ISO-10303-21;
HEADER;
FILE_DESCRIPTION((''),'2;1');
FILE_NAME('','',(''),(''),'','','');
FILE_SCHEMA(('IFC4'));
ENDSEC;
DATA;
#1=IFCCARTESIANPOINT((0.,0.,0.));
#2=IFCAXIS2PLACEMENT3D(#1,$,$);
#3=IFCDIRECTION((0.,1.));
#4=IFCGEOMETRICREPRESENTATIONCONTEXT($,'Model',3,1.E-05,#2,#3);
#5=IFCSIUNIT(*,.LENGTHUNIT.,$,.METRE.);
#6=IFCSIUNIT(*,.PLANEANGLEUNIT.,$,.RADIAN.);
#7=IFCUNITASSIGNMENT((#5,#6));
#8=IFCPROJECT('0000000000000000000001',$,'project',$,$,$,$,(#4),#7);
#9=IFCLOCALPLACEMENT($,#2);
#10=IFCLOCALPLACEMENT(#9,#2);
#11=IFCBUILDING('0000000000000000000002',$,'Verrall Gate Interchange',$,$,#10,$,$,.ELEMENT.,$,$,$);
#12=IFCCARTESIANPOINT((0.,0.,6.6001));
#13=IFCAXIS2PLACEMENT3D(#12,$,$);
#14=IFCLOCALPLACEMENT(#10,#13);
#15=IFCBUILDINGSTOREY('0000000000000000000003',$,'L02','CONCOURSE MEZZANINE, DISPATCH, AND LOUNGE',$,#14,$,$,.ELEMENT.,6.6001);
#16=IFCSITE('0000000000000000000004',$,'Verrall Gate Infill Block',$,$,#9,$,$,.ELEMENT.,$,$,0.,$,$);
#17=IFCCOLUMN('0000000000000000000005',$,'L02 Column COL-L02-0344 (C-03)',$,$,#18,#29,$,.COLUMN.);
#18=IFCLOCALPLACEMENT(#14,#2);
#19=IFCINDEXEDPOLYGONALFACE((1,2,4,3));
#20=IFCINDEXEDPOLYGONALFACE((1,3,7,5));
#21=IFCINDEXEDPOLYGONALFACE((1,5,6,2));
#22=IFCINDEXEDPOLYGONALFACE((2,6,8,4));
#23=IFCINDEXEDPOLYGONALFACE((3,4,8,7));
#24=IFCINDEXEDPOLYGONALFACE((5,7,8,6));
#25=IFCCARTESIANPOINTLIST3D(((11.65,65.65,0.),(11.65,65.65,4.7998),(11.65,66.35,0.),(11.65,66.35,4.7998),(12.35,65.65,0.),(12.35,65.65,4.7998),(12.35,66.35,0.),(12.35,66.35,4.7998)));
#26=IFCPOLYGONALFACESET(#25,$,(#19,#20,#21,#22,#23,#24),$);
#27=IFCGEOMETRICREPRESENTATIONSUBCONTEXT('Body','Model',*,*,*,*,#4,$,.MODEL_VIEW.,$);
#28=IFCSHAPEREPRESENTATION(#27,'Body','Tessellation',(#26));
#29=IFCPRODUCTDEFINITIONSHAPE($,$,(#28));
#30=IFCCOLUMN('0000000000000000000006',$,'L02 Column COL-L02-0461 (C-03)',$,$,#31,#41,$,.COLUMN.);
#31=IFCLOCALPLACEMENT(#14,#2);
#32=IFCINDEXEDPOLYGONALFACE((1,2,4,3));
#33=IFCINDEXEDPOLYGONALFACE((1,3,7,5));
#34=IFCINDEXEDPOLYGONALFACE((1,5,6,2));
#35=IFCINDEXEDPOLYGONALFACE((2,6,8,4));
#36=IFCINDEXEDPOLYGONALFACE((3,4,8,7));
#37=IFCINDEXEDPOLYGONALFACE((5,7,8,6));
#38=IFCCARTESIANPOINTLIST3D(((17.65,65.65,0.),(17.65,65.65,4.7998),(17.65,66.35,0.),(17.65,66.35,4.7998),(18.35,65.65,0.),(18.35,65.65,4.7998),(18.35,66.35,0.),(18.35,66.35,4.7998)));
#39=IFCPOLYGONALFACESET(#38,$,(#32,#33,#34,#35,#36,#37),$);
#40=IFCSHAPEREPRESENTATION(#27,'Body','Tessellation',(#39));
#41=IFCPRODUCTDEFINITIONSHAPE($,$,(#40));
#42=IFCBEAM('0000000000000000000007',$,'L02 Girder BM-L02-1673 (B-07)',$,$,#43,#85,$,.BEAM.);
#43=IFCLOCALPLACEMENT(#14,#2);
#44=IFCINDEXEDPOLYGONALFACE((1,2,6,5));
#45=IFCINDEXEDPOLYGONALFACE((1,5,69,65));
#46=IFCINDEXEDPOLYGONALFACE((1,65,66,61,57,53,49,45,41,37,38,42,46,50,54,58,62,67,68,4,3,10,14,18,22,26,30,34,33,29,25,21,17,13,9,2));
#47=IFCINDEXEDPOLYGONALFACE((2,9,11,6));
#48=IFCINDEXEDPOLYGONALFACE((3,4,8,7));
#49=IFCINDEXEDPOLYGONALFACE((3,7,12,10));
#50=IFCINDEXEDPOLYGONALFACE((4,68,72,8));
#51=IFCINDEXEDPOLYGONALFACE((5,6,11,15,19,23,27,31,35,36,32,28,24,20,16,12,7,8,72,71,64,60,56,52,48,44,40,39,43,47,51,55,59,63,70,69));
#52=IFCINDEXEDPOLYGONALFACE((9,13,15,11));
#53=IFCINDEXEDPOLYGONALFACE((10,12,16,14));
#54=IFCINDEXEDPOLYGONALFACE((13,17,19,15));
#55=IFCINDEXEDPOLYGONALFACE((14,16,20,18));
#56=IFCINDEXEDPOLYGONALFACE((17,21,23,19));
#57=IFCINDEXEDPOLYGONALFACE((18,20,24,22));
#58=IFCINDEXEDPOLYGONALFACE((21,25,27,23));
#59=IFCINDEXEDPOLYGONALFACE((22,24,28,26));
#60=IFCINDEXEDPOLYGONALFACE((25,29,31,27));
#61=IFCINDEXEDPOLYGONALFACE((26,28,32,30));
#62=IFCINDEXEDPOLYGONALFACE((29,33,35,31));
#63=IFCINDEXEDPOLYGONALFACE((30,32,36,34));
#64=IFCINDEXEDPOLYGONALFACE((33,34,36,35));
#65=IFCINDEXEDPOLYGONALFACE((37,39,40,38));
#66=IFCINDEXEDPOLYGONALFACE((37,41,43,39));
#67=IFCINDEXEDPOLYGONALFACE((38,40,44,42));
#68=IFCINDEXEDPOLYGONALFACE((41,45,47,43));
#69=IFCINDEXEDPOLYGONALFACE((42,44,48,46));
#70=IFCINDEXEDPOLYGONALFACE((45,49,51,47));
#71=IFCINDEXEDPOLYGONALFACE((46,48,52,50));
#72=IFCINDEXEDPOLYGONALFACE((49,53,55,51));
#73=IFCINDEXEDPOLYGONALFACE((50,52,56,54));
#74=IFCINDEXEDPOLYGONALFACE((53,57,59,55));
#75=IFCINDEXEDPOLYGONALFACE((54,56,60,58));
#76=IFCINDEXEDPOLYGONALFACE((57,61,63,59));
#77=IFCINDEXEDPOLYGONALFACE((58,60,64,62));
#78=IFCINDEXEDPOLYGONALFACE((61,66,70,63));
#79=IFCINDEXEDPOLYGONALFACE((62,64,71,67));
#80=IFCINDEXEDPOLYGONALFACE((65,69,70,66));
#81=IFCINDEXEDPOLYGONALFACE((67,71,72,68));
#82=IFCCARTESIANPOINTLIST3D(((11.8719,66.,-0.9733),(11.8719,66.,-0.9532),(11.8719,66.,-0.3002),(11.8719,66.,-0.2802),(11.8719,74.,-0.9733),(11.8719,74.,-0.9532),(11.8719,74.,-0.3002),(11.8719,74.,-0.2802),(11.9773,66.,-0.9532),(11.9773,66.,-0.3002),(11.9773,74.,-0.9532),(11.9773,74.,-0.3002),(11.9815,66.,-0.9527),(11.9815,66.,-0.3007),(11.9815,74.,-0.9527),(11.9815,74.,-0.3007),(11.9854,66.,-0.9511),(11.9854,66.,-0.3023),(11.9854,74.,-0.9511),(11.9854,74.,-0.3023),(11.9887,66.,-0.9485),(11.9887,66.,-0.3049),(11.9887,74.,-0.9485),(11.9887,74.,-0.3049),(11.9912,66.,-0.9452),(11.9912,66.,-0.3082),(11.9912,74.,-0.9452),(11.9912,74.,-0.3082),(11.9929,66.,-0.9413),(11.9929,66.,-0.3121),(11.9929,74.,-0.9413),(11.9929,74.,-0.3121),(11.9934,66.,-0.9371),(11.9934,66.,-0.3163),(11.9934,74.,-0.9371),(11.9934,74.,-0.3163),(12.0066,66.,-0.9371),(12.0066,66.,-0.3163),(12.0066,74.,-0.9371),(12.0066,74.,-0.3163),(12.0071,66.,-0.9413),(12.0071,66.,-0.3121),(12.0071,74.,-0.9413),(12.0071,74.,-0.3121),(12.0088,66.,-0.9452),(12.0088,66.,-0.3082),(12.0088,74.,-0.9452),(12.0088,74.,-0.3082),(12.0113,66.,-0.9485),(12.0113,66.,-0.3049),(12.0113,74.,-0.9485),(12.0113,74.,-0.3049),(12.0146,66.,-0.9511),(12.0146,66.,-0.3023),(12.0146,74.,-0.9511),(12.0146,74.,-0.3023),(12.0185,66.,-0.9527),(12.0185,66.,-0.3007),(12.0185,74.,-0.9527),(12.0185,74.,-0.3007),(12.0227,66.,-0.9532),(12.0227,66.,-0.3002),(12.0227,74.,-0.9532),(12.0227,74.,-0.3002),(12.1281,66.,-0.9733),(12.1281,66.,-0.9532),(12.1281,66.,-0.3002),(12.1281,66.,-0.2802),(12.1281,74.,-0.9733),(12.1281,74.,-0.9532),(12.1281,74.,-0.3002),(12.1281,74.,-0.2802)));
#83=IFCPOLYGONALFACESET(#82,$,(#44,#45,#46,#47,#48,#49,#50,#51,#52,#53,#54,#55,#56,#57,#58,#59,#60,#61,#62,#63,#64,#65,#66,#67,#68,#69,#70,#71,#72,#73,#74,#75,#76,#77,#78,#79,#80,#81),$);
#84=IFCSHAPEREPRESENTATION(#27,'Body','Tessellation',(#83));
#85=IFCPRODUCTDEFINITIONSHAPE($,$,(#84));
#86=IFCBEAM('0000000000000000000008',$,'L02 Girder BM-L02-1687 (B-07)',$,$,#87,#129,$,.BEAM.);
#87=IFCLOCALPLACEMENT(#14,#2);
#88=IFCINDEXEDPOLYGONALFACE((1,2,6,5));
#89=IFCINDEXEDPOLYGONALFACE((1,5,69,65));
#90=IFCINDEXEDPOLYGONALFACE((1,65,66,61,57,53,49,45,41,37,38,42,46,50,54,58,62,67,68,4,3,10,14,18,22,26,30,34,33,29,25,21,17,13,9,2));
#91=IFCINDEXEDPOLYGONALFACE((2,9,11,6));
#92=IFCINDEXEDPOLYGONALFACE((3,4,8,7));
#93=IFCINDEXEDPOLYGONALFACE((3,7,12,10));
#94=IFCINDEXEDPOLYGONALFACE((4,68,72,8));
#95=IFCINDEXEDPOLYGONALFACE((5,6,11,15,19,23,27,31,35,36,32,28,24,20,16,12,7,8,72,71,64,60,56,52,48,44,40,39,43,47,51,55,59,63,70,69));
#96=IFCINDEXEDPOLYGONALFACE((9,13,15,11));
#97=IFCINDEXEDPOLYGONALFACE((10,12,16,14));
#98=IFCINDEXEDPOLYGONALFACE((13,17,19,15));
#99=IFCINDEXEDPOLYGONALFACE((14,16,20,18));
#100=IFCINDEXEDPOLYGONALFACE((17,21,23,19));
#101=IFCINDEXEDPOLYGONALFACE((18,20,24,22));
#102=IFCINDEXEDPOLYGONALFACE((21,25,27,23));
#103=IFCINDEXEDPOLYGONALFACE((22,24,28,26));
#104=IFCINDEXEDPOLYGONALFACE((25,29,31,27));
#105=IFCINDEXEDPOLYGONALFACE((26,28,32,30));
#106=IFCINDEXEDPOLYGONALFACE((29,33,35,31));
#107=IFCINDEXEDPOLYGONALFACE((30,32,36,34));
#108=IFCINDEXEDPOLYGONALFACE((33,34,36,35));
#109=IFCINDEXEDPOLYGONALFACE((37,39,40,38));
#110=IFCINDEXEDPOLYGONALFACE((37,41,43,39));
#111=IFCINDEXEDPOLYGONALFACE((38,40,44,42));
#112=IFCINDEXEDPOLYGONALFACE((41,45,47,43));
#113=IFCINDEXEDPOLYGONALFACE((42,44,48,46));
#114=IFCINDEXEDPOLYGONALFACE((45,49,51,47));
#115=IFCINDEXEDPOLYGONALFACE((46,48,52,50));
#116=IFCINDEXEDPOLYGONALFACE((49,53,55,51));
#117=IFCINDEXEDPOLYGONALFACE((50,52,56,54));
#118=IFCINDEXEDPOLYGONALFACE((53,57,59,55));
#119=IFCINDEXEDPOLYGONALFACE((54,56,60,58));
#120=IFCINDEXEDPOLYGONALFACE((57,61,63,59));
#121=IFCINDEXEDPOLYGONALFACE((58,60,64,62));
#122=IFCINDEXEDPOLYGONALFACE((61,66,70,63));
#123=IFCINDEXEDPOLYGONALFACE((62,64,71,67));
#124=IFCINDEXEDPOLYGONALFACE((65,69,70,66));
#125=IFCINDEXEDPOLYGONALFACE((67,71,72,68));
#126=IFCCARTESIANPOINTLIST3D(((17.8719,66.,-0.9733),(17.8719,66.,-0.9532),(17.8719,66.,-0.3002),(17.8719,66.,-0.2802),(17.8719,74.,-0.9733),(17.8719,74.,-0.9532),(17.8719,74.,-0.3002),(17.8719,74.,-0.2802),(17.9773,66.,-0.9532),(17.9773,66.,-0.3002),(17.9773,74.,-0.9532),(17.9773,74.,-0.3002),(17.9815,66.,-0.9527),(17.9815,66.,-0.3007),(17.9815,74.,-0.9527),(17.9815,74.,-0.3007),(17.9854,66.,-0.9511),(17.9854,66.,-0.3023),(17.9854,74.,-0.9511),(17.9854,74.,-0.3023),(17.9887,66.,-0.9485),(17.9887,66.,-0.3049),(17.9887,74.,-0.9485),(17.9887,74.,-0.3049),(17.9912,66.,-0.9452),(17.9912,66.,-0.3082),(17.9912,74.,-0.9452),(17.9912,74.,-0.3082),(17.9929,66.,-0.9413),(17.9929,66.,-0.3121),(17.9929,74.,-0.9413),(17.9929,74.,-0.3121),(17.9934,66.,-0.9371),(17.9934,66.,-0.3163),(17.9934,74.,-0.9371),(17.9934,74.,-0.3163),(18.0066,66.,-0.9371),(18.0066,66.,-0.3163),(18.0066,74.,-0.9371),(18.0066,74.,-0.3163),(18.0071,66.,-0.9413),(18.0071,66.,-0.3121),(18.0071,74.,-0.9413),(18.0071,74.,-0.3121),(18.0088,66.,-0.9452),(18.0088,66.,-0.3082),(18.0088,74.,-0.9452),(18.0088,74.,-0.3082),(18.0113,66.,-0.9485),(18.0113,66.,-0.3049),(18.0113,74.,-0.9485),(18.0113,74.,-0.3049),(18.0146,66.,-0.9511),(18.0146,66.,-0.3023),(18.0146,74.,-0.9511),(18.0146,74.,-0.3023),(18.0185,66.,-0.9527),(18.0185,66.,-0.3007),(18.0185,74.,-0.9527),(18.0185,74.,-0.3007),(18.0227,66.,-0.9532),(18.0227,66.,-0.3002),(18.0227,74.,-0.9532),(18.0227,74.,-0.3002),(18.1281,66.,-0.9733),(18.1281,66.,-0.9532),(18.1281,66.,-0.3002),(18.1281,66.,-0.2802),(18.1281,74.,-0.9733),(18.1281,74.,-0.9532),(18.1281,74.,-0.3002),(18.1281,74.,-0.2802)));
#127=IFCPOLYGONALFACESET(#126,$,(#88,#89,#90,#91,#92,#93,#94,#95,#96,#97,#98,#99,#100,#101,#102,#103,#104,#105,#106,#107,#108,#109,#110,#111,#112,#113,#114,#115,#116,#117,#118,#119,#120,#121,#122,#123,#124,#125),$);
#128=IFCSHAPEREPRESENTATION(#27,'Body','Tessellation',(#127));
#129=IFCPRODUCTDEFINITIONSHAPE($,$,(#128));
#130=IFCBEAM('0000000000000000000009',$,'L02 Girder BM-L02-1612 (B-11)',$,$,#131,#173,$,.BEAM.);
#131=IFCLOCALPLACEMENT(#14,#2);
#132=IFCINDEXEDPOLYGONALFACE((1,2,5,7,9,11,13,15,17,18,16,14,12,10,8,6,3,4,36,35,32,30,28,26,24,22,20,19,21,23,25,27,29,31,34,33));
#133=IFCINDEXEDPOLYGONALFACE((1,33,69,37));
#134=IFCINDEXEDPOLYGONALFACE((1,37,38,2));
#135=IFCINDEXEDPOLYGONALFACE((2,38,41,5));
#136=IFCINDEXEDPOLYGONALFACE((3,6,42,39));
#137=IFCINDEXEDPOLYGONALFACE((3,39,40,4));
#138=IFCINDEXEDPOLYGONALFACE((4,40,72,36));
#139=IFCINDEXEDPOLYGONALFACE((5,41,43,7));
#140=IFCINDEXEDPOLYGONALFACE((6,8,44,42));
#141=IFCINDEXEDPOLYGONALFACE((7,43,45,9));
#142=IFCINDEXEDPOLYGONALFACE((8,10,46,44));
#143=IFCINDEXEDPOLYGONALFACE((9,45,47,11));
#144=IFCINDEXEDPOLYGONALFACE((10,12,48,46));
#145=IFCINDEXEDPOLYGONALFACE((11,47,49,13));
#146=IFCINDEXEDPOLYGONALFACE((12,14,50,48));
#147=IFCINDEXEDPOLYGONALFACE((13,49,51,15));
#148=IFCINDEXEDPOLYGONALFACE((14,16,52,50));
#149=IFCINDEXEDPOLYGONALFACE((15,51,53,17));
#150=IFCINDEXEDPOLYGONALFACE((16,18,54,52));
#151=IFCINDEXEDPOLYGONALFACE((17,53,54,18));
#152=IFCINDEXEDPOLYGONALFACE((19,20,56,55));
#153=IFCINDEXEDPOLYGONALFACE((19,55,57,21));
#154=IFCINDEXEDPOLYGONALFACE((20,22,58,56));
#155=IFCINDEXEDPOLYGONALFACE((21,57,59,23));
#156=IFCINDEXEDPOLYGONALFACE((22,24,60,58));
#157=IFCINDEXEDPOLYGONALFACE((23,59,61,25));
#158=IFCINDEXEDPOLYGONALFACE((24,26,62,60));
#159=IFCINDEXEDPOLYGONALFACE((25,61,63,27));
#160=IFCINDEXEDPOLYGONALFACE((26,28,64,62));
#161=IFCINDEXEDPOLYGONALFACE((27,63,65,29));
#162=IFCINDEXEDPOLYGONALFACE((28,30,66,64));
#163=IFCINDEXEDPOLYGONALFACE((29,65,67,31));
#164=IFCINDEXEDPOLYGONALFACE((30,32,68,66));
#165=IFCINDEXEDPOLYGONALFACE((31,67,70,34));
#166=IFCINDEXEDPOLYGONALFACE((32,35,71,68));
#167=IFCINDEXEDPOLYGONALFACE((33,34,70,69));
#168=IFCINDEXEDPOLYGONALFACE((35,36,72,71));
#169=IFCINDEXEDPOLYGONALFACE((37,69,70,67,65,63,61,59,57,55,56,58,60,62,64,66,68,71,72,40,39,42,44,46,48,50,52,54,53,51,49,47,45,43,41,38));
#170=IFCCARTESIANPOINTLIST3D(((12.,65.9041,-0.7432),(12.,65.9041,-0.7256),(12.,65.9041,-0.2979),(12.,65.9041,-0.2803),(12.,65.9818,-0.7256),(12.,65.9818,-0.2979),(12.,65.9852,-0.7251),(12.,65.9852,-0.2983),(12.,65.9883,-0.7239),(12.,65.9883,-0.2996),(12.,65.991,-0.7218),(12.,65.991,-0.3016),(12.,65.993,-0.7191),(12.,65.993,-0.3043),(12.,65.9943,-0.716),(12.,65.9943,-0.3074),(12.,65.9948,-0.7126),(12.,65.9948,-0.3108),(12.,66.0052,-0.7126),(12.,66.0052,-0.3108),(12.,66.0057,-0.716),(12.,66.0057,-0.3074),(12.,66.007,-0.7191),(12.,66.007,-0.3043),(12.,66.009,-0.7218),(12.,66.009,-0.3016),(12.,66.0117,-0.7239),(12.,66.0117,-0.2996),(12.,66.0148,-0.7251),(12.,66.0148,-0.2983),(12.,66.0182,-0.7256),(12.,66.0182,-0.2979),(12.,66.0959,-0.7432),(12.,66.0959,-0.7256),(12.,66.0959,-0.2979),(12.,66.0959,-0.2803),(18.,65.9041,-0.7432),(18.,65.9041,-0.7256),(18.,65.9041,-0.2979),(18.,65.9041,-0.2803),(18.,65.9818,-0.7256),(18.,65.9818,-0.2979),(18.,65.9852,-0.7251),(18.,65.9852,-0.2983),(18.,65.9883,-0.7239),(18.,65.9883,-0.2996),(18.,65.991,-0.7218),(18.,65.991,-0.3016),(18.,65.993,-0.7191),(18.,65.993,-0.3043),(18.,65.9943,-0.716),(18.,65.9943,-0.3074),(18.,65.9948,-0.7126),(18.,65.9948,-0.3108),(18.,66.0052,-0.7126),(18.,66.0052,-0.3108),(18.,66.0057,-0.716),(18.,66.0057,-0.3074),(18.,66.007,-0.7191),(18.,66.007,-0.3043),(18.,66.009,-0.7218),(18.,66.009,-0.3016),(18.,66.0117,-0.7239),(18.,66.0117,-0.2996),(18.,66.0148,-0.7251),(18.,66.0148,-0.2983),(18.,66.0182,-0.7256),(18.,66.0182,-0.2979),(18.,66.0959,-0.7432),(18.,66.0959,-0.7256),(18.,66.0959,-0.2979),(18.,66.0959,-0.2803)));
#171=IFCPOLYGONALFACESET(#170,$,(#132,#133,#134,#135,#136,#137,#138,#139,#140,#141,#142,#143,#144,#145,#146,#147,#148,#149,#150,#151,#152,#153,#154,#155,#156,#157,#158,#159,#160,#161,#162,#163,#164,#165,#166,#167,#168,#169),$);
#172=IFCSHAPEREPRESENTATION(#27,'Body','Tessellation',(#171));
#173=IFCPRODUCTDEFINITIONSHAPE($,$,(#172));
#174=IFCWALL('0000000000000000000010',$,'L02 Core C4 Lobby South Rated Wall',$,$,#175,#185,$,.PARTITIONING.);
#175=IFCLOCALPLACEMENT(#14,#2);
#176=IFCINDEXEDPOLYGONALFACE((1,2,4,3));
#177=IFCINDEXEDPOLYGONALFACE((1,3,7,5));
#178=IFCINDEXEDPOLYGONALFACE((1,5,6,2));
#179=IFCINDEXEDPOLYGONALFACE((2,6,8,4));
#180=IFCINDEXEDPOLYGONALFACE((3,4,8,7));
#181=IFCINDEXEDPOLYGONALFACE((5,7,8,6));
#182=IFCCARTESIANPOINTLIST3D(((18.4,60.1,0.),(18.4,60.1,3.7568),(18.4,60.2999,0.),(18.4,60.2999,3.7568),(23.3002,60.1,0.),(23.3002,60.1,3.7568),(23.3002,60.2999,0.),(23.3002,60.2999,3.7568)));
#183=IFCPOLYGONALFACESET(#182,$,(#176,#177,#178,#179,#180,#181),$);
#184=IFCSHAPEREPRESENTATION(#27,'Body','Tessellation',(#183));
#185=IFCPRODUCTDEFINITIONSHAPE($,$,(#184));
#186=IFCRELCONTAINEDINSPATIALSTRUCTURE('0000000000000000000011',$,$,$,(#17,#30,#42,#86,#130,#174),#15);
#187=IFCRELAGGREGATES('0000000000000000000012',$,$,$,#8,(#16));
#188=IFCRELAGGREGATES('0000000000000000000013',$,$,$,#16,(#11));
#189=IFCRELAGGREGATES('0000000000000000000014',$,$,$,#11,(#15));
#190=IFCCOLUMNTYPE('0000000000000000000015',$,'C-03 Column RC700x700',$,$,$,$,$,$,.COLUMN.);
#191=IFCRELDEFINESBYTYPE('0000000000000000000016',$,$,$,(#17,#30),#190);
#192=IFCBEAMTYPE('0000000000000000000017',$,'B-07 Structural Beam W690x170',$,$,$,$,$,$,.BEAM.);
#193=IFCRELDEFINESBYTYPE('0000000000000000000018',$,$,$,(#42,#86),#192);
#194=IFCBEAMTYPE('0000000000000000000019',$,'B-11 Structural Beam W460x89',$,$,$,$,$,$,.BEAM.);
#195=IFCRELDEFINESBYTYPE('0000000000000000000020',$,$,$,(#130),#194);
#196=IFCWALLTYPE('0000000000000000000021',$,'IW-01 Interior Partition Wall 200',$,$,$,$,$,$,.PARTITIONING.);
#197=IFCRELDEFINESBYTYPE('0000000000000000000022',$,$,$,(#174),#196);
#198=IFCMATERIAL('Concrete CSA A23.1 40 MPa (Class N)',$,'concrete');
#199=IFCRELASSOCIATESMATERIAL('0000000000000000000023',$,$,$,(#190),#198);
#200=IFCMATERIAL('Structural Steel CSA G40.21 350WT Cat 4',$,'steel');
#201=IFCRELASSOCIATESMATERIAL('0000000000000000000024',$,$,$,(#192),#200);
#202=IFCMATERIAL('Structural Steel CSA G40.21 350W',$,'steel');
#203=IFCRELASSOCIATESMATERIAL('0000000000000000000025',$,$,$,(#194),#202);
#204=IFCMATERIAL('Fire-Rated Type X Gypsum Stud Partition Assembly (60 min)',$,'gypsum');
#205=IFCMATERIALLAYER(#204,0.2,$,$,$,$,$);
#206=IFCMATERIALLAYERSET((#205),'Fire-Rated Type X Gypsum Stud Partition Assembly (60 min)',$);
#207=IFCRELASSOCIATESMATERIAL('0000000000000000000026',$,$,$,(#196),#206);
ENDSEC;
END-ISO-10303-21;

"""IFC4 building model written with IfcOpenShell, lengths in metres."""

from ifc_helpers import new_model, si_unit, direction, frame, frame_2d, origin, origin_2d, place, context, subcontext, project, spatial, rectangle, i_section, extrude, material, layer, layer_set, material_profile, profile_set, type_object, element, save


model = new_model("IFC4")

# Units and contexts
model_context = context("Model", 3, precision=1e-05, world=origin(), true_north=direction((0.0, 1.0)))
body_context = subcontext(model_context, "Body", "Model", "MODEL_VIEW")
ifc_project = project(units=[si_unit("LENGTHUNIT", "METRE"), si_unit("PLANEANGLEUNIT", "RADIAN")], contexts=[model_context])

# Site, building, storey
site_placement = place(None, origin())
site = spatial("IfcSite", under=ifc_project, at=site_placement, Name="Verrall Gate Infill Block", CompositionType="ELEMENT", RefElevation=0.0)
building_placement = place(site_placement, origin())
building = spatial("IfcBuilding", under=site, at=building_placement, Name="Verrall Gate Interchange", CompositionType="ELEMENT")
storey_placement = place(building_placement, frame((0.0, 0.0, 6.6001)))
storey = spatial("IfcBuildingStorey", under=building, at=storey_placement, Name="L02", Description="CONCOURSE MEZZANINE, DISPATCH, AND LOUNGE", CompositionType="ELEMENT", Elevation=6.6001)

# Columns
ifc_material_1 = material(Name="Concrete CSA A23.1 40 MPa (Class N)", Category="concrete")
ifc_material_profile_1 = material_profile(ifc_material_1, rectangle(XDim=0.7, YDim=0.7, at=origin_2d()), Name="RC700x700")
ifc_profile_set_1 = profile_set([ifc_material_profile_1], Name="Concrete CSA A23.1 40 MPa (Class N)")
column_type = type_object("IfcColumnType", Name="C-03 Column RC700x700", PredefinedType="COLUMN", material=ifc_profile_set_1)
for number, where, z_axis, x_axis, name in (
    (1, (12.0, 66.0, 0.0), (0.0, 0.0, 1.0), (1.0, 0.0, 0.0), "L02 Column COL-L02-0344 (C-03)"),
    (2, (18.0, 66.0, 0.0), (0.0, 0.0, 1.0), (1.0, 0.0, 0.0), "L02 Column COL-L02-0461 (C-03)"),
):
    element("IfcColumn", number, at=place(storey_placement, frame(where, z_axis=z_axis, x_axis=x_axis)), inside=storey, type_object=column_type, Name=name, PredefinedType="COLUMN", context=body_context, shape_type="SweptSolid", body=[
        extrude(rectangle(XDim=0.7, YDim=0.7, at=origin_2d()), origin(), (0.0, 0.0, 1.0), 4.7998),
    ])

# Beams
ifc_material_2 = material(Name="Structural Steel CSA G40.21 350WT Cat 4", Category="steel")
ifc_material_profile_2 = material_profile(ifc_material_2, i_section(OverallWidth=0.2561, OverallDepth=0.6931, WebThickness=0.0132, FlangeThickness=0.02, FilletRadius=0.0161, at=origin_2d()), Name="W690x170")
ifc_profile_set_2 = profile_set([ifc_material_profile_2], Name="Structural Steel CSA G40.21 350WT Cat 4")
beam_type_1 = type_object("IfcBeamType", Name="B-07 Structural Beam W690x170", PredefinedType="BEAM", material=ifc_profile_set_2)
for number, where, z_axis, x_axis, name in (
    (3, (12.0, 66.0, -0.6267), (0.0, 1.0, 0.0), (-1.0, 0.0, 0.0), "L02 Girder BM-L02-1673 (B-07)"),
    (4, (18.0, 66.0, -0.6267), (0.0, 1.0, 0.0), (-1.0, 0.0, 0.0), "L02 Girder BM-L02-1687 (B-07)"),
):
    element("IfcBeam", number, at=place(storey_placement, frame(where, z_axis=z_axis, x_axis=x_axis)), inside=storey, type_object=beam_type_1, Name=name, PredefinedType="BEAM", context=body_context, shape_type="SweptSolid", body=[
        extrude(i_section(OverallWidth=0.2561, OverallDepth=0.6931, WebThickness=0.0132, FlangeThickness=0.02, FilletRadius=0.0161, at=origin_2d()), origin(), (0.0, 0.0, 1.0), 8.0),
    ])
ifc_material_3 = material(Name="Structural Steel CSA G40.21 350W", Category="steel")
ifc_material_profile_3 = material_profile(ifc_material_3, i_section(OverallWidth=0.1919, OverallDepth=0.4629, WebThickness=0.0105, FlangeThickness=0.0176, FilletRadius=0.0129, at=origin_2d()), Name="W460x89")
ifc_profile_set_3 = profile_set([ifc_material_profile_3], Name="Structural Steel CSA G40.21 350W")
beam_type_2 = type_object("IfcBeamType", Name="B-11 Structural Beam W460x89", PredefinedType="BEAM", material=ifc_profile_set_3)
beam_placement = place(storey_placement, frame((12.0, 66.0, -0.5117), z_axis=(1.0, 0.0, 0.0), x_axis=(0.0, 1.0, 0.0)))
element("IfcBeam", 5, at=beam_placement, inside=storey, type_object=beam_type_2, Name="L02 Girder BM-L02-1612 (B-11)", PredefinedType="BEAM", context=body_context, shape_type="SweptSolid", body=[
    extrude(i_section(OverallWidth=0.1919, OverallDepth=0.4629, WebThickness=0.0105, FlangeThickness=0.0176, FilletRadius=0.0129, at=origin_2d()), origin(), (0.0, 0.0, 1.0), 6.0),
])

# Wall
ifc_material_4 = material(Name="Fire-Rated Type X Gypsum Stud Partition Assembly (60 min)", Category="gypsum")
ifc_layer_1 = layer(ifc_material_4, 0.2)
ifc_layer_set_1 = layer_set([ifc_layer_1], Name="Fire-Rated Type X Gypsum Stud Partition Assembly (60 min)")
wall_type_1 = type_object("IfcWallType", Name="IW-01 Interior Partition Wall 200", PredefinedType="PARTITIONING", material=ifc_layer_set_1)
wall_1_placement = place(storey_placement, frame((18.3999, 60.2, 0.0), z_axis=(0.0, 0.0, 1.0), x_axis=(1.0, 0.0, 0.0)))
element("IfcWall", 6, at=wall_1_placement, inside=storey, type_object=wall_type_1, Name="L02 Core C4 Lobby South Rated Wall", PredefinedType="PARTITIONING", context=body_context, shape_type="SweptSolid", body=[
    extrude(rectangle(XDim=4.9001, YDim=0.2, at=frame_2d((2.4502, 0.0))), origin(), (0.0, 0.0, 1.0), 3.7568),
])

save(model, "model.ifc")
